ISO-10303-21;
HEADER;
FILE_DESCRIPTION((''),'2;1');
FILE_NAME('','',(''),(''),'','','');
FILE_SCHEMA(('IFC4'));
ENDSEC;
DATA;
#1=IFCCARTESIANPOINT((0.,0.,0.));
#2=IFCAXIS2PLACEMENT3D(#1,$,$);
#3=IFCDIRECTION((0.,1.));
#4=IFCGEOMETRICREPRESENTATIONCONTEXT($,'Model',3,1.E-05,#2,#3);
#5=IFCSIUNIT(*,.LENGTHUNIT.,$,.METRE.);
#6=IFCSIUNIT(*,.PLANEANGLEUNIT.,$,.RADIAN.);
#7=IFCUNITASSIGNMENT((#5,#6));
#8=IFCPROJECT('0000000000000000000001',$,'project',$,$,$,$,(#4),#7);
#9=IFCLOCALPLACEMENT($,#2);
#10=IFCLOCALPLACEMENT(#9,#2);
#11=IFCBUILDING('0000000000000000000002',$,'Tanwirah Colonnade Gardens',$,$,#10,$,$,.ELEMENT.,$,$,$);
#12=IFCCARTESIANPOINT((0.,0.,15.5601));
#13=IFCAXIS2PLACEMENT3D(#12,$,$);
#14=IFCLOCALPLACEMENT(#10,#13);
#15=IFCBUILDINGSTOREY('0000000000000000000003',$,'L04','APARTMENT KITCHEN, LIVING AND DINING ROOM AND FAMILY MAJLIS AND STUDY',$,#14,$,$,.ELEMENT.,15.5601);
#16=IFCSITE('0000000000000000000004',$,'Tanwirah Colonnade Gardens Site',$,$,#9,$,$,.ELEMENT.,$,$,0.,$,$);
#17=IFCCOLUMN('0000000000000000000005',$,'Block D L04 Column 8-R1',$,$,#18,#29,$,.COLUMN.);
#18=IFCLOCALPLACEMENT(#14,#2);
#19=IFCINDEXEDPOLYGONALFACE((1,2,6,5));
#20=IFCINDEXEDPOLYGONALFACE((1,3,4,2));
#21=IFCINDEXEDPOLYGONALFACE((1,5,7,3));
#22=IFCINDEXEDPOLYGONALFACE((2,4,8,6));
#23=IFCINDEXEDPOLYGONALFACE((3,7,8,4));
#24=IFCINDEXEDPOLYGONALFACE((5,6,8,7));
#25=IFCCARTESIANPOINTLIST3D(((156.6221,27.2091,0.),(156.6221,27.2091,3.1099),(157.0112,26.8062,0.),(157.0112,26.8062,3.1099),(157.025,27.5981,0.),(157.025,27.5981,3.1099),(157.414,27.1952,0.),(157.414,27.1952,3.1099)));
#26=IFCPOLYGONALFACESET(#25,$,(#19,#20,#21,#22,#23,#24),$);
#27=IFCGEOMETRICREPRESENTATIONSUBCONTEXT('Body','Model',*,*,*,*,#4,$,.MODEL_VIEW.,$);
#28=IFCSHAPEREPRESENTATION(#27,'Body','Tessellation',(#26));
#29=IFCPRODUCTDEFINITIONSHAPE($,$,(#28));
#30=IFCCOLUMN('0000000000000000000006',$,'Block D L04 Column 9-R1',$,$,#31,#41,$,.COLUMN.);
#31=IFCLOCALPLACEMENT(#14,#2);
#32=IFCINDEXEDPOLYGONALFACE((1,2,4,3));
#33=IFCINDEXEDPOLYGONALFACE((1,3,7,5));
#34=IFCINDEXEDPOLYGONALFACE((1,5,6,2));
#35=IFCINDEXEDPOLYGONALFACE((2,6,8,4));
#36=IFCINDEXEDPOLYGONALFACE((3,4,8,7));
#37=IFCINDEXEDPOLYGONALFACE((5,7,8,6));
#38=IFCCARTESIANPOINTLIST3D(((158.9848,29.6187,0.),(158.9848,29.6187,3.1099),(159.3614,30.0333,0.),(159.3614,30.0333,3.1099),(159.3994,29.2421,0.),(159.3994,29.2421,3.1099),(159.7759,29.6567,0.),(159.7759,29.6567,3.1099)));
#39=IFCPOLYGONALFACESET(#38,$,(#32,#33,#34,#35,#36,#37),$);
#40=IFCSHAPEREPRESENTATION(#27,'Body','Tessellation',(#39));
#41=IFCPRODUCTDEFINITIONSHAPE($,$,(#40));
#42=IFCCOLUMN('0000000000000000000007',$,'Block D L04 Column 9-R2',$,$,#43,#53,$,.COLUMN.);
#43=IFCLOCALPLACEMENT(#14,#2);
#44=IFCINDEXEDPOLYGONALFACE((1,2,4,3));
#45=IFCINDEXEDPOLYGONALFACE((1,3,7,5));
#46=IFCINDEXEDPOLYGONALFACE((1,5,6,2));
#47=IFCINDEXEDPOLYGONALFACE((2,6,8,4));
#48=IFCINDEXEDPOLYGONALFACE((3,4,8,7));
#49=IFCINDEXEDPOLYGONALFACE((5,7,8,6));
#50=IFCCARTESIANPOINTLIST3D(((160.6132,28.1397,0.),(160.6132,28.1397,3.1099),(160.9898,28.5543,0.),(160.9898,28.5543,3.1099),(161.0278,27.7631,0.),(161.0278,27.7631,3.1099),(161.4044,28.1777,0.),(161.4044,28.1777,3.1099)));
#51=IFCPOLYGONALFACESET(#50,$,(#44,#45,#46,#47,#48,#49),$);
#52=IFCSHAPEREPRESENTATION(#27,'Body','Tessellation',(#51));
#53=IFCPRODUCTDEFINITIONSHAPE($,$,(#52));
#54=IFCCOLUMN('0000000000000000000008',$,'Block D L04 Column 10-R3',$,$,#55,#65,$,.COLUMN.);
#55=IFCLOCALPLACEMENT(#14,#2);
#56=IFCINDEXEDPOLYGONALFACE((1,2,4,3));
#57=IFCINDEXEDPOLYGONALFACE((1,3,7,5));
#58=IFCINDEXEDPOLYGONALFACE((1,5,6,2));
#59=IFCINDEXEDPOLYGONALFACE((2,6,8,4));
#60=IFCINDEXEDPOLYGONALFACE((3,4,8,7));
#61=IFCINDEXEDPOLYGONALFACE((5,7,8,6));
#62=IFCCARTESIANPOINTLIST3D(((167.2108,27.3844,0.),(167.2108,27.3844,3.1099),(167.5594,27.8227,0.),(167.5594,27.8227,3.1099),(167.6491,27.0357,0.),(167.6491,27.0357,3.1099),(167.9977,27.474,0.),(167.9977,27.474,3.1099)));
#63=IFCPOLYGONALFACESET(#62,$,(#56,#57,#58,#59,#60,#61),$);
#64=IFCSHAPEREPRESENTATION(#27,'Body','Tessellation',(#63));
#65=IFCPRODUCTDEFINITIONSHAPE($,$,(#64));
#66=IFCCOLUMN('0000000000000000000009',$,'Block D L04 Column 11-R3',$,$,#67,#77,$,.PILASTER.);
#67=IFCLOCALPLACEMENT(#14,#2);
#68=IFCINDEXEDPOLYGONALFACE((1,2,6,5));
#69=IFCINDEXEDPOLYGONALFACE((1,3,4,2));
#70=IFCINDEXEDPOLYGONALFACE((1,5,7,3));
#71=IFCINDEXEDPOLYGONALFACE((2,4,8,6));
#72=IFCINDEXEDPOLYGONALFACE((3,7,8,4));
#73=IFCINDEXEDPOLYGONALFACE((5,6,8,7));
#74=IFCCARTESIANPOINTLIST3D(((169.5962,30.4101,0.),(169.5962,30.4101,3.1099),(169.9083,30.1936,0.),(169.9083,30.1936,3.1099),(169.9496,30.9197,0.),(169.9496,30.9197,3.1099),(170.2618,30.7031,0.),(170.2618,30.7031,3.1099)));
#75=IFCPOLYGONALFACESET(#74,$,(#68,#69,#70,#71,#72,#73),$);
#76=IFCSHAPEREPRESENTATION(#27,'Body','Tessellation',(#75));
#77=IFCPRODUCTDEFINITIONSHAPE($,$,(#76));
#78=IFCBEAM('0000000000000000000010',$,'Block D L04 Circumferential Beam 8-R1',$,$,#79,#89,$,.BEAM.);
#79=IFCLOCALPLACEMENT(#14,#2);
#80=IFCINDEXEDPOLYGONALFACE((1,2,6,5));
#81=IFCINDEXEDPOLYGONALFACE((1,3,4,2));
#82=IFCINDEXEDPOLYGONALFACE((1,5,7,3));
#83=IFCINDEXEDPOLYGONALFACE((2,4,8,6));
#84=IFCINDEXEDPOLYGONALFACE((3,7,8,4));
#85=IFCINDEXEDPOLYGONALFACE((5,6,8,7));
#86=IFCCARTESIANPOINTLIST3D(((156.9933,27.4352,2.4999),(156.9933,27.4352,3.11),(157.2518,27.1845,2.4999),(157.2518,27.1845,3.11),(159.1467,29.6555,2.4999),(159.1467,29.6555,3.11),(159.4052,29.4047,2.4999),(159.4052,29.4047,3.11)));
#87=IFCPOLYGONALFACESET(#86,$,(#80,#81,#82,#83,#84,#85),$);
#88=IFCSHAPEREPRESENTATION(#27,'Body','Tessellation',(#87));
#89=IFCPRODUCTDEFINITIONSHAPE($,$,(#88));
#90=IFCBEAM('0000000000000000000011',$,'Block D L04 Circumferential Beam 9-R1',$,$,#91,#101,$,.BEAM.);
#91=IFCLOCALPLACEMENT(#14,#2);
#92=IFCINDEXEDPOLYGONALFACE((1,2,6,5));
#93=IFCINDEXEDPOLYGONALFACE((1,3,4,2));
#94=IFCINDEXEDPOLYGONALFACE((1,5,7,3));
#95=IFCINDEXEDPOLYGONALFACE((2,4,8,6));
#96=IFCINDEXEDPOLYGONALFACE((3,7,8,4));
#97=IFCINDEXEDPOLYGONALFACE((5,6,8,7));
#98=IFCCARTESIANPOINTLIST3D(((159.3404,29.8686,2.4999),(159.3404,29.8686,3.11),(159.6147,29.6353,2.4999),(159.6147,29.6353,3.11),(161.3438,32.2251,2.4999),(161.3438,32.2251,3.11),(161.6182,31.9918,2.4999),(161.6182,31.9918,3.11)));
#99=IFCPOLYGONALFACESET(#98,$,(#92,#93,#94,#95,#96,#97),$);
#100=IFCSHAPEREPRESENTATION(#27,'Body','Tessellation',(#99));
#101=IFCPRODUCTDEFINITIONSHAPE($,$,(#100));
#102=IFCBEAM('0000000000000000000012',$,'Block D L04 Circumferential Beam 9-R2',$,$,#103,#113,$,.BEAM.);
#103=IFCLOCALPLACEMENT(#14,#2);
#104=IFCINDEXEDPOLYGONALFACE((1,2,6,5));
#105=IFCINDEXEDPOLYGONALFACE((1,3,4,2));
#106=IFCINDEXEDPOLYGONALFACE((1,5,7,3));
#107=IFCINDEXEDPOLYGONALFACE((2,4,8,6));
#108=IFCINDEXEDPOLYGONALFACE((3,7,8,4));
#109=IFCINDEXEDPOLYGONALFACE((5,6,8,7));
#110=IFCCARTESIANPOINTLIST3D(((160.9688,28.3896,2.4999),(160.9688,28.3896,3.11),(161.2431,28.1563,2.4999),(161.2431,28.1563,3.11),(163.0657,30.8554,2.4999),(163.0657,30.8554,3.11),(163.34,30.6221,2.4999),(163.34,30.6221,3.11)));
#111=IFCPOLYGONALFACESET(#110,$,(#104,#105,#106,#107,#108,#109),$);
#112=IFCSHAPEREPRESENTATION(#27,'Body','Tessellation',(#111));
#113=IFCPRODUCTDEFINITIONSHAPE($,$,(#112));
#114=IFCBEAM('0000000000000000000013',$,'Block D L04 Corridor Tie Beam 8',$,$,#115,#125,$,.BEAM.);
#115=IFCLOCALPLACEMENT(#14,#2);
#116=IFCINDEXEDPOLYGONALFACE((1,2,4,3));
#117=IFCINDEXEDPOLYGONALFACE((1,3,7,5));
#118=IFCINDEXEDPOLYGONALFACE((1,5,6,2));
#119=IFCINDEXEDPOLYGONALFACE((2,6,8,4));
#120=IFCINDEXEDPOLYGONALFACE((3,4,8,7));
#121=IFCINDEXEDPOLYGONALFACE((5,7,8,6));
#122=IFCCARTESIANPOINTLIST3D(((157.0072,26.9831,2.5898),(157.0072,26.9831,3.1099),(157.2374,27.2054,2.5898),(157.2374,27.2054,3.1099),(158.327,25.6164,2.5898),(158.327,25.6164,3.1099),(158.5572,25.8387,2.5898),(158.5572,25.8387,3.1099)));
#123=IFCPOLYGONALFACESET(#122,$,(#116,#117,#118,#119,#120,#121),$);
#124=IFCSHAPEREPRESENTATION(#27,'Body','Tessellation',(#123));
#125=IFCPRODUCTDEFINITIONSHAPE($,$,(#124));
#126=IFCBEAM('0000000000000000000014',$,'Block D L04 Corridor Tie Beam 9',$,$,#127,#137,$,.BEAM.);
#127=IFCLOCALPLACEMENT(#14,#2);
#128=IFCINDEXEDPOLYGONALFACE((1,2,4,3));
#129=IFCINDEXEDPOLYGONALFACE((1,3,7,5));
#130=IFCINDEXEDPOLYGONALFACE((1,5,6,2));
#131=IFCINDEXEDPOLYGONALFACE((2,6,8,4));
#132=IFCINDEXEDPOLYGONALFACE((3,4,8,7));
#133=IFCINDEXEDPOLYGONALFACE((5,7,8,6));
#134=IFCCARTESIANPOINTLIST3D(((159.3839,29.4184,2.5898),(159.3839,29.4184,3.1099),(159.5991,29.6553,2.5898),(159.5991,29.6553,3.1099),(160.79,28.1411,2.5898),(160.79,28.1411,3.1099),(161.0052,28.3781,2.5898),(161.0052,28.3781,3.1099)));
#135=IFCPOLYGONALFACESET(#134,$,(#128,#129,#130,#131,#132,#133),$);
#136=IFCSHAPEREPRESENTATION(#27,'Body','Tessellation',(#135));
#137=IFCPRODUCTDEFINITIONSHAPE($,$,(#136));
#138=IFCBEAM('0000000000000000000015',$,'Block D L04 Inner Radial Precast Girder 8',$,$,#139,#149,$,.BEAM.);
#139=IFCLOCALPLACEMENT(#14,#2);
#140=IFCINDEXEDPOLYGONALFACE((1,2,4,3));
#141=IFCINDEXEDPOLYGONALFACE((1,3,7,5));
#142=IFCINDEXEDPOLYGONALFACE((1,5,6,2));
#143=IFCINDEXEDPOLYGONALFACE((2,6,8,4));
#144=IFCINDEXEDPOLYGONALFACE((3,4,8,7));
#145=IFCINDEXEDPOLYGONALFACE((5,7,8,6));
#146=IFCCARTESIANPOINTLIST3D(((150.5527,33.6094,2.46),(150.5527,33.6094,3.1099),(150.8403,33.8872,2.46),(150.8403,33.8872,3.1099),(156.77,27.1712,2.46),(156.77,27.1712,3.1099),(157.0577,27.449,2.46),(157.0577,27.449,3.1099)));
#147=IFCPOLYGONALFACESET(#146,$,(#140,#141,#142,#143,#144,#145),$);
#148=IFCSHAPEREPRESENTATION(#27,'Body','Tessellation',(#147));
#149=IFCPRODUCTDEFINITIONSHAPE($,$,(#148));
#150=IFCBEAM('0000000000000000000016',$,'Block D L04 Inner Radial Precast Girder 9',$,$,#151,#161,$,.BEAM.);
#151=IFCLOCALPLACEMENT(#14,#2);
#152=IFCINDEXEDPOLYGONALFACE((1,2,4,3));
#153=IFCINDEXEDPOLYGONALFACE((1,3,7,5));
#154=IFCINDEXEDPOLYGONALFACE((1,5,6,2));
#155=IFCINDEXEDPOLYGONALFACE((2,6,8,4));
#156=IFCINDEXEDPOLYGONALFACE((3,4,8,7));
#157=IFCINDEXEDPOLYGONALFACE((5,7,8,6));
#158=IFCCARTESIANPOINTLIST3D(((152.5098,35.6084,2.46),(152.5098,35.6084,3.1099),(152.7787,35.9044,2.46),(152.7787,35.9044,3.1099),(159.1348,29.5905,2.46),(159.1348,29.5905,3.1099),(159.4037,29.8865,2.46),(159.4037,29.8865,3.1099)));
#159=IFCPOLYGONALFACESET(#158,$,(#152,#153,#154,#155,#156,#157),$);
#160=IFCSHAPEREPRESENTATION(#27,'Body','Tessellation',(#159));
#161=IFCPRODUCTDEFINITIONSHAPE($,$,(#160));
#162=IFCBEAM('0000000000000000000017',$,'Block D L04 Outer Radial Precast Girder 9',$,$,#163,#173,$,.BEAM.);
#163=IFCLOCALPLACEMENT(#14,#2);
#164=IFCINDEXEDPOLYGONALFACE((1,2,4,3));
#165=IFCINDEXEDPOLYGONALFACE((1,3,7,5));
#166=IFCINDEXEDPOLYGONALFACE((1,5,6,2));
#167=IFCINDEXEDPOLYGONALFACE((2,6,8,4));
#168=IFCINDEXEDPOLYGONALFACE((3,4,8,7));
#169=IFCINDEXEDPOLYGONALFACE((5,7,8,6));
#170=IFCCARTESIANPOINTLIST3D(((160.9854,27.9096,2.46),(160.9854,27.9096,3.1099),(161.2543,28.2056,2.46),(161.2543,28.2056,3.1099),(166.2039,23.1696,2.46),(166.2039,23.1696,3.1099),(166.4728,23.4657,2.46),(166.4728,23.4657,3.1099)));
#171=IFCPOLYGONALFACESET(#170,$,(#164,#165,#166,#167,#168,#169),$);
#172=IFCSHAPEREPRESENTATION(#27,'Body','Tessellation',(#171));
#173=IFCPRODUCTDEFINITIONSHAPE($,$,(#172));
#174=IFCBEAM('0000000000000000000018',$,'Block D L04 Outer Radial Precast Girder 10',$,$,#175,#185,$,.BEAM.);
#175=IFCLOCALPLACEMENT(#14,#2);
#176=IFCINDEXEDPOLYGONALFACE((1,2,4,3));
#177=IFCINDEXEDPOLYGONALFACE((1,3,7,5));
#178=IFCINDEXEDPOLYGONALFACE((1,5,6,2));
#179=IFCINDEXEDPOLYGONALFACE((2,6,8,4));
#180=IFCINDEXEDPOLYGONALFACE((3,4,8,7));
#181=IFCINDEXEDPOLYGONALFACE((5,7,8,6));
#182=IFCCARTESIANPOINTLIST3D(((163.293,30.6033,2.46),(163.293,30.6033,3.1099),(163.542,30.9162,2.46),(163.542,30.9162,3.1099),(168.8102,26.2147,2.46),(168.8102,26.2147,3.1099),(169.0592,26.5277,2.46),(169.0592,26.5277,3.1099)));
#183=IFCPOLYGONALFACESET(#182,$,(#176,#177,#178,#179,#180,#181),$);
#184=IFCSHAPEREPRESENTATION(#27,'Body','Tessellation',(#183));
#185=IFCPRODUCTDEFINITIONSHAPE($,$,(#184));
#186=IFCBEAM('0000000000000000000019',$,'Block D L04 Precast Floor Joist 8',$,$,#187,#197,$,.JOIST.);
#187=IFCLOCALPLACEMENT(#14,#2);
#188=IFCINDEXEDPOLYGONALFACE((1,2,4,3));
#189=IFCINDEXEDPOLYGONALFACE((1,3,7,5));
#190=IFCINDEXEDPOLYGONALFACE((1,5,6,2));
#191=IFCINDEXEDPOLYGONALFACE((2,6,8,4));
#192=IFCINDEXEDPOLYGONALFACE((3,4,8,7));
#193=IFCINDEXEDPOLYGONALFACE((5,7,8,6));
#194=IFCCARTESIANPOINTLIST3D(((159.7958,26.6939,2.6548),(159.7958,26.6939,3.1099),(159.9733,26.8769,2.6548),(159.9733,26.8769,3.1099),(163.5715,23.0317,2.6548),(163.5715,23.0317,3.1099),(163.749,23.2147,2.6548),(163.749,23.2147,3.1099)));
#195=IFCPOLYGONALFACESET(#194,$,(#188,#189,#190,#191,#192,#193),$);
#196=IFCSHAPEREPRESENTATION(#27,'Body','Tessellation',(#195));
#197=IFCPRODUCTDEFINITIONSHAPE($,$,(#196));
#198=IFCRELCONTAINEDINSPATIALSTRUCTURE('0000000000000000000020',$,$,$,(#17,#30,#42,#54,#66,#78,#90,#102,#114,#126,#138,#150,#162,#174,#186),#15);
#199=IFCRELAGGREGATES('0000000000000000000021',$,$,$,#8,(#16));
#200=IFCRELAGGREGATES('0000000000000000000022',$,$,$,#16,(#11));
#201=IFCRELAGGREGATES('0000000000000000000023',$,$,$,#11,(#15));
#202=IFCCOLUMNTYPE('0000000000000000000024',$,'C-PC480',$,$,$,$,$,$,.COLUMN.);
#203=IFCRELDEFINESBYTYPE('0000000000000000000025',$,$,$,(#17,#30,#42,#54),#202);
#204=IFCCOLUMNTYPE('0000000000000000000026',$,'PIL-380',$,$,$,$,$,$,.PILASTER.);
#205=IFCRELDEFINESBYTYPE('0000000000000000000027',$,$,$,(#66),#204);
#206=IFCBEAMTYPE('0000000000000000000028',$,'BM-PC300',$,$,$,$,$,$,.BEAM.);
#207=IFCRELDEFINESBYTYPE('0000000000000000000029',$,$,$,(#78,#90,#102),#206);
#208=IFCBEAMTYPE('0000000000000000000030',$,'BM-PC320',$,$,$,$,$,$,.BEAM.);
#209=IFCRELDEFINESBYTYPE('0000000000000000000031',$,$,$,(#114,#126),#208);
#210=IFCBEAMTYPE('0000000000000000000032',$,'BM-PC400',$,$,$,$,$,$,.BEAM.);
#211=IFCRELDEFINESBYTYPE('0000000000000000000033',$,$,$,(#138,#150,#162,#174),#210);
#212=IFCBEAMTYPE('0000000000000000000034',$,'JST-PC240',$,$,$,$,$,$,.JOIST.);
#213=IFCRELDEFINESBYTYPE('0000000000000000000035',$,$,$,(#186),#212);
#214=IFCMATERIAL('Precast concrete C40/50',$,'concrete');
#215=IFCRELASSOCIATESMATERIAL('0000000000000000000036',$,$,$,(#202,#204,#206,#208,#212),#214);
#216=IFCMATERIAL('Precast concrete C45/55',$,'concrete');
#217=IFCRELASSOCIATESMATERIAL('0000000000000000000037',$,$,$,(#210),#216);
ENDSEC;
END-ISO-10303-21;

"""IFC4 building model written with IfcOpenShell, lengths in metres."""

from ifc_helpers import new_model, si_unit, direction, frame, origin, origin_2d, place, context, subcontext, project, spatial, rectangle, extrude, material, material_profile, profile_set, type_object, element, save


model = new_model("IFC4")

# Units and contexts
model_context = context("Model", 3, precision=1e-05, world=origin(), true_north=direction((0.0, 1.0)))
body_context = subcontext(model_context, "Body", "Model", "MODEL_VIEW")
ifc_project = project(units=[si_unit("LENGTHUNIT", "METRE"), si_unit("PLANEANGLEUNIT", "RADIAN")], contexts=[model_context])

# Site, building, storey
site_placement = place(None, origin())
site = spatial("IfcSite", under=ifc_project, at=site_placement, Name="Tanwirah Colonnade Gardens Site", CompositionType="ELEMENT", RefElevation=0.0)
building_placement = place(site_placement, origin())
building = spatial("IfcBuilding", under=site, at=building_placement, Name="Tanwirah Colonnade Gardens", CompositionType="ELEMENT")
storey_placement = place(building_placement, frame((0.0, 0.0, 15.5601)))
storey = spatial("IfcBuildingStorey", under=building, at=storey_placement, Name="L04", Description="APARTMENT KITCHEN, LIVING AND DINING ROOM AND FAMILY MAJLIS AND STUDY", CompositionType="ELEMENT", Elevation=15.5601)

# Columns
ifc_material_1 = material(Name="Precast concrete C40/50", Category="concrete")
ifc_material_profile_1 = material_profile(ifc_material_1, rectangle(XDim=0.5601, YDim=0.5601, at=origin_2d()), Name="PC-COL 560x560")
ifc_profile_set_1 = profile_set([ifc_material_profile_1], Name="Precast concrete C40/50")
column_type_1 = type_object("IfcColumnType", Name="C-PC480", PredefinedType="COLUMN", material=ifc_profile_set_1)
for number, where, z_axis, x_axis, name in (
    (1, (157.0181, 27.2021, 0.0), (0.0, 0.0, 1.0), (0.694658, -0.71934, 0.0), "Block D L04 Column 8-R1"),
    (2, (159.3804, 29.6377, 0.0), (0.0, 0.0, 1.0), (0.740218, -0.672367, 0.0), "Block D L04 Column 9-R1"),
    (3, (161.0088, 28.1587, 0.0), (0.0, 0.0, 1.0), (0.740218, -0.672367, 0.0), "Block D L04 Column 9-R2"),
    (4, (167.6042, 27.4292, 0.0), (0.0, 0.0, 1.0), (0.782608, -0.622515, 0.0), "Block D L04 Column 10-R3"),
):
    element("IfcColumn", number, at=place(storey_placement, frame(where, z_axis=z_axis, x_axis=x_axis)), inside=storey, type_object=column_type_1, Name=name, PredefinedType="COLUMN", context=body_context, shape_type="SweptSolid", body=[
        extrude(rectangle(XDim=0.5601, YDim=0.5601, at=origin_2d()), origin(), (0.0, 0.0, 1.0), 3.1099),
    ])
ifc_material_profile_2 = material_profile(ifc_material_1, rectangle(XDim=0.3799, YDim=0.6201, at=origin_2d()), Name="PC-PIL 380x620")
ifc_profile_set_2 = profile_set([ifc_material_profile_2], Name="Precast concrete C40/50")
column_type_2 = type_object("IfcColumnType", Name="PIL-380", PredefinedType="PILASTER", material=ifc_profile_set_2)
column_placement = place(storey_placement, frame((169.929, 30.5566, 0.0), z_axis=(0.0, 0.0, 1.0), x_axis=(0.821647, -0.569997, 0.0)))
element("IfcColumn", 5, at=column_placement, inside=storey, type_object=column_type_2, Name="Block D L04 Column 11-R3", PredefinedType="PILASTER", context=body_context, shape_type="SweptSolid", body=[
    extrude(rectangle(XDim=0.3799, YDim=0.6201, at=origin_2d()), origin(), (0.0, 0.0, 1.0), 3.1099),
])

# Beams
ifc_material_profile_3 = material_profile(ifc_material_1, rectangle(XDim=0.3601, YDim=0.6101, at=origin_2d()), Name="PC-BM 360x610")
ifc_profile_set_3 = profile_set([ifc_material_profile_3], Name="Precast concrete C40/50")
beam_type_1 = type_object("IfcBeamType", Name="BM-PC300", PredefinedType="BEAM", material=ifc_profile_set_3)
for number, where, z_axis, x_axis, name in (
    (6, (157.1226, 27.3098, 2.8049), (0.69621, 0.717838, 0.0), (-0.717838, 0.69621, 0.0), "Block D L04 Circumferential Beam 8-R1"),
    (7, (159.4775, 29.752, 2.8049), (0.647731, 0.761869, 0.0), (-0.761869, 0.647731, 0.0), "Block D L04 Circumferential Beam 9-R1"),
):
    element("IfcBeam", number, at=place(storey_placement, frame(where, z_axis=z_axis, x_axis=x_axis)), inside=storey, type_object=beam_type_1, Name=name, PredefinedType="BEAM", context=body_context, shape_type="SweptSolid", body=[
        extrude(rectangle(XDim=0.3601, YDim=0.6101, at=origin_2d()), origin(), (0.0, 0.0, 1.0), 3.093),
    ])
beam_1_placement = place(storey_placement, frame((161.106, 28.2729, 2.8049), z_axis=(0.647824, 0.76179, 0.0), x_axis=(-0.76179, 0.647824, 0.0)))
element("IfcBeam", 8, at=beam_1_placement, inside=storey, type_object=beam_type_1, Name="Block D L04 Circumferential Beam 9-R2", PredefinedType="BEAM", context=body_context, shape_type="SweptSolid", body=[
    extrude(rectangle(XDim=0.3601, YDim=0.6101, at=origin_2d()), origin(), (0.0, 0.0, 1.0), 3.2368),
])
ifc_material_profile_4 = material_profile(ifc_material_1, rectangle(XDim=0.3201, YDim=0.52, at=origin_2d()), Name="PC-BM 320x520")
ifc_profile_set_4 = profile_set([ifc_material_profile_4], Name="Precast concrete C40/50")
beam_type_2 = type_object("IfcBeamType", Name="BM-PC320", PredefinedType="BEAM", material=ifc_profile_set_4)
beam_2_placement = place(storey_placement, frame((157.1223, 27.0942, 2.8499), z_axis=(0.694663, -0.719335, 0.0), x_axis=(0.719335, 0.694663, 0.0)))
element("IfcBeam", 9, at=beam_2_placement, inside=storey, type_object=beam_type_2, Name="Block D L04 Corridor Tie Beam 8", PredefinedType="BEAM", context=body_context, shape_type="SweptSolid", body=[
    extrude(rectangle(XDim=0.3201, YDim=0.52, at=origin_2d()), origin(), (0.0, 0.0, 1.0), 1.8999),
])
beam_3_placement = place(storey_placement, frame((159.4915, 29.5369, 2.8499), z_axis=(0.740219, -0.672366, 0.0), x_axis=(0.672366, 0.740219, 0.0)))
element("IfcBeam", 10, at=beam_3_placement, inside=storey, type_object=beam_type_2, Name="Block D L04 Corridor Tie Beam 9", PredefinedType="BEAM", context=body_context, shape_type="SweptSolid", body=[
    extrude(rectangle(XDim=0.3201, YDim=0.52, at=origin_2d()), origin(), (0.0, 0.0, 1.0), 1.8997),
])
ifc_material_2 = material(Name="Precast concrete C45/55", Category="concrete")
ifc_material_profile_5 = material_profile(ifc_material_2, rectangle(XDim=0.3999, YDim=0.6499, at=origin_2d()), Name="PC-BM 400x650")
ifc_profile_set_5 = profile_set([ifc_material_profile_5], Name="Precast concrete C45/55")
beam_type_3 = type_object("IfcBeamType", Name="BM-PC400", PredefinedType="BEAM", material=ifc_profile_set_5)
for number, where, z_axis, x_axis, name in (
    (11, (156.9138, 27.3101, 2.7849), (-0.694656, 0.719342, 0.0), (-0.719342, -0.694656, 0.0), "Block D L04 Inner Radial Precast Girder 8"),
    (12, (159.2693, 29.7385, 2.7849), (-0.740213, 0.672373, 0.0), (-0.672373, -0.740213, 0.0), "Block D L04 Inner Radial Precast Girder 9"),
):
    element("IfcBeam", number, at=place(storey_placement, frame(where, z_axis=z_axis, x_axis=x_axis)), inside=storey, type_object=beam_type_3, Name=name, PredefinedType="BEAM", context=body_context, shape_type="SweptSolid", body=[
        extrude(rectangle(XDim=0.3999, YDim=0.6499, at=origin_2d()), origin(), (0.0, 0.0, 1.0), 8.9502),
    ])
for number, where, z_axis, x_axis, name in (
    (13, (161.1199, 28.0576, 2.7849), (0.74023, -0.672354, 0.0), (0.672354, 0.74023, 0.0), "Block D L04 Outer Radial Precast Girder 9"),
    (14, (163.4175, 30.7598, 2.7849), (0.782609, -0.622513, 0.0), (0.622513, 0.782609, 0.0), "Block D L04 Outer Radial Precast Girder 10"),
):
    element("IfcBeam", number, at=place(storey_placement, frame(where, z_axis=z_axis, x_axis=x_axis)), inside=storey, type_object=beam_type_3, Name=name, PredefinedType="BEAM", context=body_context, shape_type="SweptSolid", body=[
        extrude(rectangle(XDim=0.3999, YDim=0.6499, at=origin_2d()), origin(), (0.0, 0.0, 1.0), 7.0498),
    ])
ifc_material_profile_6 = material_profile(ifc_material_1, rectangle(XDim=0.2549, YDim=0.4551, at=origin_2d()), Name="PC-JST 255x455")
ifc_profile_set_6 = profile_set([ifc_material_profile_6], Name="Precast concrete C40/50")
beam_type_4 = type_object("IfcBeamType", Name="JST-PC240", PredefinedType="JOIST", material=ifc_profile_set_6)
for number, where, z_axis, x_axis, name in (
    (15, (159.8845, 26.7854, 2.8823), (0.717816, -0.696233, 0.0), (0.696233, 0.717816, 0.0), "Block D L04 Precast Floor Joist 8"),
):
    element("IfcBeam", number, at=place(storey_placement, frame(where, z_axis=z_axis, x_axis=x_axis)), inside=storey, type_object=beam_type_4, Name=name, PredefinedType="JOIST", context=body_context, shape_type="SweptSolid", body=[
        extrude(rectangle(XDim=0.2549, YDim=0.4551, at=origin_2d()), origin(), (0.0, 0.0, 1.0), 5.26),
    ])

save(model, "model.ifc")
